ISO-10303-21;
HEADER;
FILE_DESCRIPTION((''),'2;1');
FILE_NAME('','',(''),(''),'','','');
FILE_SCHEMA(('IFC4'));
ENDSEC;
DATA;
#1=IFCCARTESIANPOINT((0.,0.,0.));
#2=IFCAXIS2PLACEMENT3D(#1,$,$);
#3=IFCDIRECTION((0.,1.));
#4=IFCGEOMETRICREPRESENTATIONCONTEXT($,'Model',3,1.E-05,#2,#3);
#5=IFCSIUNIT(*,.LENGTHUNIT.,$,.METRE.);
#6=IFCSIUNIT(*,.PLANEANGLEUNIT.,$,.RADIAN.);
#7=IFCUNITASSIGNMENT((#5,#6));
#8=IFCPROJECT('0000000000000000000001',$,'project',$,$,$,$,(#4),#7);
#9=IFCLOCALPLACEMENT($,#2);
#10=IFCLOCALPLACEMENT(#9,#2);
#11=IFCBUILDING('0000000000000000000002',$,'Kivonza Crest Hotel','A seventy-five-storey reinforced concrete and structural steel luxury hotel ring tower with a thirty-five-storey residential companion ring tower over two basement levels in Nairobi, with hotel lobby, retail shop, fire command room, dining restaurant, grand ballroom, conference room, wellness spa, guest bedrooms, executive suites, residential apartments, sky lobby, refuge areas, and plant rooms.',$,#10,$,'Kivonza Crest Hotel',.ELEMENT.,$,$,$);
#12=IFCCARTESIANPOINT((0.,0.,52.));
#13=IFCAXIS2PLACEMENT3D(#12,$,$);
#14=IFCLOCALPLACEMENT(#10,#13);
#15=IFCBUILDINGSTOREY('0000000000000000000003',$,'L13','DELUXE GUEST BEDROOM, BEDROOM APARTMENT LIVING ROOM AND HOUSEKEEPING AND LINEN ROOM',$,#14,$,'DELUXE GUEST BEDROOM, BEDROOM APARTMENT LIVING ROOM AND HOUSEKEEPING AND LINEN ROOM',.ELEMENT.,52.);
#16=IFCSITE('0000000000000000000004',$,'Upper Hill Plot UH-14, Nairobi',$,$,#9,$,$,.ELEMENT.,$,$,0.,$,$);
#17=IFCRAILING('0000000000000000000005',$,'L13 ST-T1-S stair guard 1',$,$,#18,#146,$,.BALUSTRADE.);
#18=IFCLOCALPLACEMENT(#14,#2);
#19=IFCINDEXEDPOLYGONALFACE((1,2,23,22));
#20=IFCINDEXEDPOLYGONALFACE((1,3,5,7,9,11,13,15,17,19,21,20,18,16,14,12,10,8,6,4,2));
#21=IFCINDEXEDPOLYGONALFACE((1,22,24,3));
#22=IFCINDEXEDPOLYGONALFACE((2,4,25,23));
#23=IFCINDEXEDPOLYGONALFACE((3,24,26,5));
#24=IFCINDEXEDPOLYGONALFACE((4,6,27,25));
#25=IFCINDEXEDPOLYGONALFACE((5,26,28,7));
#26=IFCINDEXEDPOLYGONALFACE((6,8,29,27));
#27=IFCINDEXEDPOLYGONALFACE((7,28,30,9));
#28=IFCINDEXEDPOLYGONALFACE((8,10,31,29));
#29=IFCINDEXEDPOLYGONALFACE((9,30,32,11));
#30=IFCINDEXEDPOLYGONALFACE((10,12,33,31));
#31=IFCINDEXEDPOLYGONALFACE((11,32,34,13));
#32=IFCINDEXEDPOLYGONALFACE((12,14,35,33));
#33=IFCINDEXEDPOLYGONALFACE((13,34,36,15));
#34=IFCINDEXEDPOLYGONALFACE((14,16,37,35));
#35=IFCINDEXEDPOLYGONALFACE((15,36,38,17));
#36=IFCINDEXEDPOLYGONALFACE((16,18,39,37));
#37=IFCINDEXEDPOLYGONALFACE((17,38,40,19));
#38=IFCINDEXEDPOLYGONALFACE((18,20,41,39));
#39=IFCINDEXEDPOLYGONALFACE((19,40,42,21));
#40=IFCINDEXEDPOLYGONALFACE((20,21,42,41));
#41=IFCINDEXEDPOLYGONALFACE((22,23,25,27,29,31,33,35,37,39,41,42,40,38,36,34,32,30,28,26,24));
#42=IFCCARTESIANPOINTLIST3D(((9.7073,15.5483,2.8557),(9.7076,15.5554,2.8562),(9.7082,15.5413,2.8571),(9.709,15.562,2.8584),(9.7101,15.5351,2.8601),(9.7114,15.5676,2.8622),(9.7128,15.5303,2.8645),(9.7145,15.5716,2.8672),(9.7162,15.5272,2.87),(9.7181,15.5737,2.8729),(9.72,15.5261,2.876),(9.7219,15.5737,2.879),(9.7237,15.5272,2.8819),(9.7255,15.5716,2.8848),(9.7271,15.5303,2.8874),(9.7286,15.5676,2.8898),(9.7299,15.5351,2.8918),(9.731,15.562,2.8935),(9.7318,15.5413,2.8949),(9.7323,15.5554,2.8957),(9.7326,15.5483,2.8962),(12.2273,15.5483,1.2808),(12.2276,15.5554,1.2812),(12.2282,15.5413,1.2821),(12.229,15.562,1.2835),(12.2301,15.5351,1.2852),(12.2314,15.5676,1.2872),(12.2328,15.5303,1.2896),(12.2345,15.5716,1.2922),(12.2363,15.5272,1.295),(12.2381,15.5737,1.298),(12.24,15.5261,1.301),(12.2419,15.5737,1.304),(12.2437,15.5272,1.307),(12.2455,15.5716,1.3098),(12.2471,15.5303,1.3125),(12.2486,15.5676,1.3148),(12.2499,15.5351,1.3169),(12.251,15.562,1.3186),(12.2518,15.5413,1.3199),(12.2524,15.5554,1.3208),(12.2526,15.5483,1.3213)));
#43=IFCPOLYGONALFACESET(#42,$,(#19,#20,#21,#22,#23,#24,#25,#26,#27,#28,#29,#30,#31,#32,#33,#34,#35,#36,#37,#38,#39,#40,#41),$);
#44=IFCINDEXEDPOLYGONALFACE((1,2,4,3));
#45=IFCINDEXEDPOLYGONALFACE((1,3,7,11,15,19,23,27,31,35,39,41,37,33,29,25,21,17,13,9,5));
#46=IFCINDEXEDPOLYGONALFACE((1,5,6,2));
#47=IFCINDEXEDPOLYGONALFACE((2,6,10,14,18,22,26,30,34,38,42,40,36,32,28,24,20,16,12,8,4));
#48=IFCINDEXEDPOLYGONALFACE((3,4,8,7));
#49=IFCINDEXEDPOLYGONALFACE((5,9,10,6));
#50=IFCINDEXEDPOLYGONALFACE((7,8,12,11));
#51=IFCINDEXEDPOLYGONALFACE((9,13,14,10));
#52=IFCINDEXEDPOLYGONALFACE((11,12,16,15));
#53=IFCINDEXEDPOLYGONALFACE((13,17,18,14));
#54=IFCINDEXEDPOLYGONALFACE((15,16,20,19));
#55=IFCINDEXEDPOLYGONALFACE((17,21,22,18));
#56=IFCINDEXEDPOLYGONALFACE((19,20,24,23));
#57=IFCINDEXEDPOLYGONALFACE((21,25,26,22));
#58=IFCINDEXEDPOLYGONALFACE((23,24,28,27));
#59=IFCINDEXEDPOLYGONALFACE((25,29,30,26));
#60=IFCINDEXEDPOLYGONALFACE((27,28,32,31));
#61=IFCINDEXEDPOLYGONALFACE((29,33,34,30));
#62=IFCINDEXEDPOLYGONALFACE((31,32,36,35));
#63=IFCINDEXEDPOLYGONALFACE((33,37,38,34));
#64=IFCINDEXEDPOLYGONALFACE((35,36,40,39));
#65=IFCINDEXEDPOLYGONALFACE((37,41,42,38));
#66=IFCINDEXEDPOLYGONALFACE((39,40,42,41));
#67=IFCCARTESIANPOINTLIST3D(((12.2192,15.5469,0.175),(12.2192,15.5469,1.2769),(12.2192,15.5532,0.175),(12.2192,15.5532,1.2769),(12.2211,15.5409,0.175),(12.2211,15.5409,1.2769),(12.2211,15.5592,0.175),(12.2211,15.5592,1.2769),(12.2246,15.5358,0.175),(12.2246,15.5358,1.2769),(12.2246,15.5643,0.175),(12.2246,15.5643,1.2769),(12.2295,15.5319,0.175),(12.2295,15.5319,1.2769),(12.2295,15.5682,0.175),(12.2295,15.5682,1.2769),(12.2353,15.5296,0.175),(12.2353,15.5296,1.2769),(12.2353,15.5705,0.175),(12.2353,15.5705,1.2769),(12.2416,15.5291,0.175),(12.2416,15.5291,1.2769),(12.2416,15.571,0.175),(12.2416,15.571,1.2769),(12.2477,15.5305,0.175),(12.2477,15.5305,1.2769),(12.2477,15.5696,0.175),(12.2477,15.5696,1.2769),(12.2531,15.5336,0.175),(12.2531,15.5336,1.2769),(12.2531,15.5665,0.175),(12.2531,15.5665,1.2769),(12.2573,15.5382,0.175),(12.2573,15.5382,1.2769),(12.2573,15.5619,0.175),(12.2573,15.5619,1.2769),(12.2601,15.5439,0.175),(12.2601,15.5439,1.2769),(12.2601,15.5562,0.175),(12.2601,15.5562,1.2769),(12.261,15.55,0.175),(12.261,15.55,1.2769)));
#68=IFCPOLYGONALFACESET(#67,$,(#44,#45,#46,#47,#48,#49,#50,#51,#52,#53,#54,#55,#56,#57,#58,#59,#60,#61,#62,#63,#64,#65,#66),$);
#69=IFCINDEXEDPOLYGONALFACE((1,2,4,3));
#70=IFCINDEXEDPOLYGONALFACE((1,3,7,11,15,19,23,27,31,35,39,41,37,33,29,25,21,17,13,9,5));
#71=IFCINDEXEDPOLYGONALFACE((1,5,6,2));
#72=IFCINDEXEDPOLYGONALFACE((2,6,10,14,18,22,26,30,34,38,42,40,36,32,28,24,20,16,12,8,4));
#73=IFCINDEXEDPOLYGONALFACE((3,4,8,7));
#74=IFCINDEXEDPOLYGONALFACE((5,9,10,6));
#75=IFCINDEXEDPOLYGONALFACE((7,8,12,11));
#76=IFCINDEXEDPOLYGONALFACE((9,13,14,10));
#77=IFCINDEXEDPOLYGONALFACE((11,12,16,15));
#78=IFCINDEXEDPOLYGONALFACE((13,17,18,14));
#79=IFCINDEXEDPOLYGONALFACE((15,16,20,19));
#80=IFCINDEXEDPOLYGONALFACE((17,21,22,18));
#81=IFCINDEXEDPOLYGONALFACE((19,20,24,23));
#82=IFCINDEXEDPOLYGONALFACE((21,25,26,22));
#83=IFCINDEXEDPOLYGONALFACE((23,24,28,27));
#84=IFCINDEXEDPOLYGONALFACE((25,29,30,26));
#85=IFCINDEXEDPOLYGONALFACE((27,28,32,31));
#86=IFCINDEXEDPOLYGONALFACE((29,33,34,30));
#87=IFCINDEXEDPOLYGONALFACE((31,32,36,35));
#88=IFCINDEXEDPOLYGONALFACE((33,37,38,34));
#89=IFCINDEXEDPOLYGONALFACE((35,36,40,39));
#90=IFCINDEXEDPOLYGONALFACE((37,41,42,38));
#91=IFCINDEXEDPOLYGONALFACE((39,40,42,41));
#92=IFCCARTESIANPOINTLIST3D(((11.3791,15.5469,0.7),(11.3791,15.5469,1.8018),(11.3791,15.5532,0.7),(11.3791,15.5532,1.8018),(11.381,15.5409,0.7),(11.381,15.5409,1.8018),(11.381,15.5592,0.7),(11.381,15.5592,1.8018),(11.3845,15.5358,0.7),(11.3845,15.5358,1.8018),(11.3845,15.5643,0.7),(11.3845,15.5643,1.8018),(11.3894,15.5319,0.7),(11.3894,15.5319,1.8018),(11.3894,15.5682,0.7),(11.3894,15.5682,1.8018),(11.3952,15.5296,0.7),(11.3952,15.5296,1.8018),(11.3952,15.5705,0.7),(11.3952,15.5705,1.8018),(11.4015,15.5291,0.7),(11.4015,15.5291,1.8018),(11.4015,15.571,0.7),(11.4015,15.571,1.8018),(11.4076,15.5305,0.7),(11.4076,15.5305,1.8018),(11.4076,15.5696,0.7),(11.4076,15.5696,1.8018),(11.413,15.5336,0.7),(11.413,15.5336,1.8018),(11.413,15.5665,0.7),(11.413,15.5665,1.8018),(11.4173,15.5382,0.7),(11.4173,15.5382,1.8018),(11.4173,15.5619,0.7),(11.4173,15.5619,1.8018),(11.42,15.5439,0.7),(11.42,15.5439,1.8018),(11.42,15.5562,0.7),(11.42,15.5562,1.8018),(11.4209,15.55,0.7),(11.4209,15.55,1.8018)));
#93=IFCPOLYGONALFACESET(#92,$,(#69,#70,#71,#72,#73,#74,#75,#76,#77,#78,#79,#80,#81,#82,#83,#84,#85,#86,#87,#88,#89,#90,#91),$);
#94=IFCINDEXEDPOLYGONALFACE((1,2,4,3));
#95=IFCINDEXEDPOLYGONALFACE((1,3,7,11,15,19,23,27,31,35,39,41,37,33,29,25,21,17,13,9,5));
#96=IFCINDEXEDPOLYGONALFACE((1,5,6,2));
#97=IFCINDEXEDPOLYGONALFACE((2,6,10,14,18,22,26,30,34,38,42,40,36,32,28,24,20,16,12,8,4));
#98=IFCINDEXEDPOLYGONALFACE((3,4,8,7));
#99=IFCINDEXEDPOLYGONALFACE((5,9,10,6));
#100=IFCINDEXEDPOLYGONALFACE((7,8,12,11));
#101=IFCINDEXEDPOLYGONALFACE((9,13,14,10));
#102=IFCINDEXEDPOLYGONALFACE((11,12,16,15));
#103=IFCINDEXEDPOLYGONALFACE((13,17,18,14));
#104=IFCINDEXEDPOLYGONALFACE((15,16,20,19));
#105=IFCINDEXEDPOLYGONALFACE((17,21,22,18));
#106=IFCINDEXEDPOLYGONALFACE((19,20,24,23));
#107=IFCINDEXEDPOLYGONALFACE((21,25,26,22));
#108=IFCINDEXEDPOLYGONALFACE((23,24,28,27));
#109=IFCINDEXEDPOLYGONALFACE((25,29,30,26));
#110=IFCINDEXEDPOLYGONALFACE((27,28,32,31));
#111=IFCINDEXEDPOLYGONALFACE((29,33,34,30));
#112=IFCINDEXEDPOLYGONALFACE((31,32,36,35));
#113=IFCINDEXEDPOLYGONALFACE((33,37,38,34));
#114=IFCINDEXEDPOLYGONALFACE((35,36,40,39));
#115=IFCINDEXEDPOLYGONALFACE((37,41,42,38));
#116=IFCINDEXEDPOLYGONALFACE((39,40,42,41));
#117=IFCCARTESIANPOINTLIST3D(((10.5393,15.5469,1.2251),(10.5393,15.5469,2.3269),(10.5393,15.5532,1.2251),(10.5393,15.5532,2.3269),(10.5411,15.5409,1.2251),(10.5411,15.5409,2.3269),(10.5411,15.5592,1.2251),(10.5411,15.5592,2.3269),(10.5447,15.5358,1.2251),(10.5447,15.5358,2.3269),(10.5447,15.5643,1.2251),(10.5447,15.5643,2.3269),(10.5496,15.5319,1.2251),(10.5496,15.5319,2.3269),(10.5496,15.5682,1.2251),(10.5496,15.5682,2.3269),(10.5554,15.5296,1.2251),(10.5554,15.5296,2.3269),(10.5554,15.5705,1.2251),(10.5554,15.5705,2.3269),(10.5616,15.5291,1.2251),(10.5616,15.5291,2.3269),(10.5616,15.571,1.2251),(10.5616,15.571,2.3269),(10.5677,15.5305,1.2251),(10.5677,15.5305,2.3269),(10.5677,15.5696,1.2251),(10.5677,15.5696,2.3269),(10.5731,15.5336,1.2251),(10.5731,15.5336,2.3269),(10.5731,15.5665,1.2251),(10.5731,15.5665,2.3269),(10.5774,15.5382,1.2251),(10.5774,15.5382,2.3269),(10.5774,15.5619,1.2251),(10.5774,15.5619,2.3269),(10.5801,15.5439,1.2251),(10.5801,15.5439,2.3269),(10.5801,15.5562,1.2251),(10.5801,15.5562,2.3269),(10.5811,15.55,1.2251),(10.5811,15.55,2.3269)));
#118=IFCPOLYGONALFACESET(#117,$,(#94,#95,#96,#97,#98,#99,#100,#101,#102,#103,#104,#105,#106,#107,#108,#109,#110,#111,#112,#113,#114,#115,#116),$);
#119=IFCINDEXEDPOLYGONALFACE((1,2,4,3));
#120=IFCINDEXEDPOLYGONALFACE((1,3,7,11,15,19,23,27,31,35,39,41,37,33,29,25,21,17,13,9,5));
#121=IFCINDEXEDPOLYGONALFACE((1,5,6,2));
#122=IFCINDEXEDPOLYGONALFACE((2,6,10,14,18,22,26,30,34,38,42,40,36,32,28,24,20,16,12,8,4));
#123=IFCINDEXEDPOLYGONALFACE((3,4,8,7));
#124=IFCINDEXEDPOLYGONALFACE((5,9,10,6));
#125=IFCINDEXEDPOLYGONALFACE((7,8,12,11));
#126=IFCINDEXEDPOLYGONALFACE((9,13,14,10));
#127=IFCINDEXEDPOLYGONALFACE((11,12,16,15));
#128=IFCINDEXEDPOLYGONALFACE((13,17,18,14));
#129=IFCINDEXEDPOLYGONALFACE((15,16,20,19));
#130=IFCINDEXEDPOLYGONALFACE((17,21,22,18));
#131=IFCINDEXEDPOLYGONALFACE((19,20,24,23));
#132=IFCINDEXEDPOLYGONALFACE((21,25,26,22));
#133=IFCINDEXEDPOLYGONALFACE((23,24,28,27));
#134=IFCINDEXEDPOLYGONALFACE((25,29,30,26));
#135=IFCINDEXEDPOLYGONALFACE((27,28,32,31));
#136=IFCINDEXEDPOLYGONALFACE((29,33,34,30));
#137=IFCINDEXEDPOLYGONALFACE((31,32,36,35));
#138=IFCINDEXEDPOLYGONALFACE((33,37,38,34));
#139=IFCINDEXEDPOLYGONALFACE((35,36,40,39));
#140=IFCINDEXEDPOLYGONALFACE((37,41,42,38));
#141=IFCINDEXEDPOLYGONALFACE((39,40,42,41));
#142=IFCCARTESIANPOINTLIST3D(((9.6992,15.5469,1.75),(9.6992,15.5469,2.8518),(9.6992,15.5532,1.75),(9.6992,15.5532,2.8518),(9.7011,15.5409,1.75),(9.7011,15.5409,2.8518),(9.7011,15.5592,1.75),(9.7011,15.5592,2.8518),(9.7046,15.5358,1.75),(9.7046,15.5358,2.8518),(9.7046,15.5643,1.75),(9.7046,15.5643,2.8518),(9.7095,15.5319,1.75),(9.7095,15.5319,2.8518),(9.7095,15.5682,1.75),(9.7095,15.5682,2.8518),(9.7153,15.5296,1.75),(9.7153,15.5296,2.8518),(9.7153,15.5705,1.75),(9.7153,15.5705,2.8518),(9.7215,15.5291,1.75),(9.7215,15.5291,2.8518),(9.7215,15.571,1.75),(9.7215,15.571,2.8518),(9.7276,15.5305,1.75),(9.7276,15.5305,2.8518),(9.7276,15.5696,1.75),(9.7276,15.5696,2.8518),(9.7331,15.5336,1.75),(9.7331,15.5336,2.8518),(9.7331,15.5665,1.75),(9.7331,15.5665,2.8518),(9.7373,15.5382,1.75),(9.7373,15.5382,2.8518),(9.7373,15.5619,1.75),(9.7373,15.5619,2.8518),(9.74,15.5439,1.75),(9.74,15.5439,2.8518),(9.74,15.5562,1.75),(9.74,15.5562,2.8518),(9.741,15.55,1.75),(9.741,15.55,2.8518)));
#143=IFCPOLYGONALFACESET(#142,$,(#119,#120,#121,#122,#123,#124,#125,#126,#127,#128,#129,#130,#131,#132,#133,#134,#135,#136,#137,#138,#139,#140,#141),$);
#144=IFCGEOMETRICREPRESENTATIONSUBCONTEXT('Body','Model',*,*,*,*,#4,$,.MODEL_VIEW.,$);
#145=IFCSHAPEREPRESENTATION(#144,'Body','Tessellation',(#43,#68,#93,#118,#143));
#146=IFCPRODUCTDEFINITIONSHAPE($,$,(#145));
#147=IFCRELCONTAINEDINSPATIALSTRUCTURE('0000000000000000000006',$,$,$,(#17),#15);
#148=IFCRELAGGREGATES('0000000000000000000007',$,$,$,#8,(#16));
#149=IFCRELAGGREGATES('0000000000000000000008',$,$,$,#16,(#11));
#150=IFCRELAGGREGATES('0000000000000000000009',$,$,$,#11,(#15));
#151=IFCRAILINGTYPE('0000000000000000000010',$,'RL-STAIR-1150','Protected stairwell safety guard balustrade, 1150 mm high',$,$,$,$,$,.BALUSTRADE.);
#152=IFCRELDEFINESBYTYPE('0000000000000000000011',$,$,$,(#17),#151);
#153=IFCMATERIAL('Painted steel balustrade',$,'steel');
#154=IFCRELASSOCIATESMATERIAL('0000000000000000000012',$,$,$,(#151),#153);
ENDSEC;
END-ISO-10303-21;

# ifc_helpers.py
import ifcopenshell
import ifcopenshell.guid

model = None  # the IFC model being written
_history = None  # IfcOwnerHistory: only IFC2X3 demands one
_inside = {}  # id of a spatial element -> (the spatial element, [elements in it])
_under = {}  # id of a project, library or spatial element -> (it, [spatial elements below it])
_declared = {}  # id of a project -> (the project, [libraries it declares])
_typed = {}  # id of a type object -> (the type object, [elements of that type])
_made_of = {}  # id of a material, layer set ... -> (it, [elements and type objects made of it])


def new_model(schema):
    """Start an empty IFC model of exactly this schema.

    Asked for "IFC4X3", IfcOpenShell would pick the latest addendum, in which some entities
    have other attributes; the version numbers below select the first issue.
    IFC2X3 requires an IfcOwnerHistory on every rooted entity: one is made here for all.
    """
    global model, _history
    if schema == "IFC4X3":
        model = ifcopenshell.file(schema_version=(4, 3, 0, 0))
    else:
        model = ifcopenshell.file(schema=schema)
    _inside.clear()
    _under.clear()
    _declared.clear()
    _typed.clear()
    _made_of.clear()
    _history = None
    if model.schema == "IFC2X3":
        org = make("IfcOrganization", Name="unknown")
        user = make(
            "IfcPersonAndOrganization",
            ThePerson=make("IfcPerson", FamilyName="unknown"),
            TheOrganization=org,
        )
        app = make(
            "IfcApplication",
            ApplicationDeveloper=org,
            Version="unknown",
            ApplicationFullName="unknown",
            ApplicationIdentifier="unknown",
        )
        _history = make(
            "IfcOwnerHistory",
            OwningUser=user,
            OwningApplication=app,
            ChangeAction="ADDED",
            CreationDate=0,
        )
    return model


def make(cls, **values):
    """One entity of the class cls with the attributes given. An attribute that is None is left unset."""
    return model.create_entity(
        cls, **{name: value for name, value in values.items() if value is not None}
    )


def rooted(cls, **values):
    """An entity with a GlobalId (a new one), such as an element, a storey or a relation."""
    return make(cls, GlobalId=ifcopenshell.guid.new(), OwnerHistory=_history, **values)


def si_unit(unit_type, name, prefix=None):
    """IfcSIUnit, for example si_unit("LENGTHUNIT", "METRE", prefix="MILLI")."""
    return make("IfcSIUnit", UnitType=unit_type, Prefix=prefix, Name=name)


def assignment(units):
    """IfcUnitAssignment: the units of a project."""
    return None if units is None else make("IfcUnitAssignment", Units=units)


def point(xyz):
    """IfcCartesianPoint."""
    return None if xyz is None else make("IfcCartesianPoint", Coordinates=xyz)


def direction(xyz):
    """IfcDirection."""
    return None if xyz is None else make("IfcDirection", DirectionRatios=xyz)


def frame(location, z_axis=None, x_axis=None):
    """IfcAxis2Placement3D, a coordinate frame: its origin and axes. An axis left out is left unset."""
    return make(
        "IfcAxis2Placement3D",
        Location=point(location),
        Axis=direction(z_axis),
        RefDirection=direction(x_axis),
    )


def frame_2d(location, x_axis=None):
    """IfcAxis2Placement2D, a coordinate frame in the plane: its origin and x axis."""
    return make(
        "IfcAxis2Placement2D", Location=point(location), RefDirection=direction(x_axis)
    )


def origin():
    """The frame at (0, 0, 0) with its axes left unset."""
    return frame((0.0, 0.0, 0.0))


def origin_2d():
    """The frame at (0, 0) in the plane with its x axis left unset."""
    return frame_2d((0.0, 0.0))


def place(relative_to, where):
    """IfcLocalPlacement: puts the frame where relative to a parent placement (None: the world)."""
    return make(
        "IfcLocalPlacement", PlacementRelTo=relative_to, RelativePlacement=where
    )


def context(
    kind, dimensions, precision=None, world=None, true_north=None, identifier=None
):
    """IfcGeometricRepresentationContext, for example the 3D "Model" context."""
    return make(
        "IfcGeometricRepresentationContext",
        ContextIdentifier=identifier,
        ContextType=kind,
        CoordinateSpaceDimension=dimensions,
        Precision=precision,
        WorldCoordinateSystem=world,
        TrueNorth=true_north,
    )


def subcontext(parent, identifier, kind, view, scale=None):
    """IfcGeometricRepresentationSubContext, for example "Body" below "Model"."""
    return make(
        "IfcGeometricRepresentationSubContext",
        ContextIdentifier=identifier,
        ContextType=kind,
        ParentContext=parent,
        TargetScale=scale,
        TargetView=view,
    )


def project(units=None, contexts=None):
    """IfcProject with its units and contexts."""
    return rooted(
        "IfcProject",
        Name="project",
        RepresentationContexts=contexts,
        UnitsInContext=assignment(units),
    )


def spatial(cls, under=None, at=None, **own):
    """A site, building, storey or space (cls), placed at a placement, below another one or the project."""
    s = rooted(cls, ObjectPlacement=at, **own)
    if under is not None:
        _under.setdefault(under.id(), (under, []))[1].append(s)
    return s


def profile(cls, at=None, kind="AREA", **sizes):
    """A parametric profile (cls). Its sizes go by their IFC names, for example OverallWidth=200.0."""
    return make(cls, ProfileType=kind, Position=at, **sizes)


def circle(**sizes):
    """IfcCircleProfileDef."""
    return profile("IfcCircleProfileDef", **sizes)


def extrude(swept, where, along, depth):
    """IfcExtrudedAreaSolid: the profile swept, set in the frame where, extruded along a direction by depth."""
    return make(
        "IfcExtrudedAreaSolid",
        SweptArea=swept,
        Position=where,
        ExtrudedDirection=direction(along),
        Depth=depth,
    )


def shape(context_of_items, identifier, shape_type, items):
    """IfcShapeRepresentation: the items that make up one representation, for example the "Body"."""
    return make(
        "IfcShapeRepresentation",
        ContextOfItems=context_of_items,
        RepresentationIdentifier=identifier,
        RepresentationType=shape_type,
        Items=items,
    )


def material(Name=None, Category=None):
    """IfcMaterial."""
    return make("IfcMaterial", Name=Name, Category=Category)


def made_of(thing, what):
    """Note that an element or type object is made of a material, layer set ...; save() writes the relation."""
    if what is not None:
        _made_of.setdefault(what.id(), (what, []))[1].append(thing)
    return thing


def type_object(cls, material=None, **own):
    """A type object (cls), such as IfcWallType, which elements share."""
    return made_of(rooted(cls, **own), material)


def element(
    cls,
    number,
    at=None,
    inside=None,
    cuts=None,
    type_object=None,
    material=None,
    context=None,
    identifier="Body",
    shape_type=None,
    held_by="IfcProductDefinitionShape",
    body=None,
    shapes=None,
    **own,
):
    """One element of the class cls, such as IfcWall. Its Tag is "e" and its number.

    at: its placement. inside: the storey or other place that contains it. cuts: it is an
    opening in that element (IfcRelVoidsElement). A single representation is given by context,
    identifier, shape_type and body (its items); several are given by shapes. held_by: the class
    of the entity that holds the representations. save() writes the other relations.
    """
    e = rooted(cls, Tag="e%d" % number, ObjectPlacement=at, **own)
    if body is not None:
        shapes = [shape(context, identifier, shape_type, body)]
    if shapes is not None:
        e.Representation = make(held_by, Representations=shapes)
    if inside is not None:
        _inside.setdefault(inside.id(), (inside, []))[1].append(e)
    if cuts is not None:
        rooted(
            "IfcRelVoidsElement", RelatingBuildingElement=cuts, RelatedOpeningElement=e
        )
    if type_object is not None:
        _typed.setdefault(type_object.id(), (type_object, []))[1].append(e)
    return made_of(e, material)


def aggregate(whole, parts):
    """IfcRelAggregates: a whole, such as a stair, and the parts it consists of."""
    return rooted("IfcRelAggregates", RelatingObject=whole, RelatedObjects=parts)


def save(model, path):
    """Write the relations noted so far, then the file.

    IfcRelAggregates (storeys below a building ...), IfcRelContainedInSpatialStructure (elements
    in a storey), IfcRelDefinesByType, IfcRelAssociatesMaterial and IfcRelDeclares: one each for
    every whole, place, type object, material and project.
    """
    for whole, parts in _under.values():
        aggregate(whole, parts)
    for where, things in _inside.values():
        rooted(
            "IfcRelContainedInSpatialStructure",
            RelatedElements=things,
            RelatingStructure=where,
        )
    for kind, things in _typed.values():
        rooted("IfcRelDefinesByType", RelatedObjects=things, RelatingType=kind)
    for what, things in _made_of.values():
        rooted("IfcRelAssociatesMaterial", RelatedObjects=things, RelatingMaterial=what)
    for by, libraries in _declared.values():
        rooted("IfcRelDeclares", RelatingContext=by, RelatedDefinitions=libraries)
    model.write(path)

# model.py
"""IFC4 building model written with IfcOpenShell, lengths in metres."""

from ifc_helpers import new_model, si_unit, direction, frame, origin, origin_2d, place, context, subcontext, project, spatial, circle, extrude, material, type_object, element, save


model = new_model("IFC4")

# Units and contexts
model_context = context("Model", 3, precision=1e-05, world=origin(), true_north=direction((0.0, 1.0)))
body_context = subcontext(model_context, "Body", "Model", "MODEL_VIEW")
ifc_project = project(units=[si_unit("LENGTHUNIT", "METRE"), si_unit("PLANEANGLEUNIT", "RADIAN")], contexts=[model_context])

# Site, building, storey
site_placement = place(None, origin())
site = spatial("IfcSite", under=ifc_project, at=site_placement, Name="Upper Hill Plot UH-14, Nairobi", CompositionType="ELEMENT", RefElevation=0.0)
building_placement = place(site_placement, origin())
building = spatial("IfcBuilding", under=site, at=building_placement, Name="Kivonza Crest Hotel", Description="A seventy-five-storey reinforced concrete and structural steel luxury hotel ring tower with a thirty-five-storey residential companion ring tower over two basement levels in Nairobi, with hotel lobby, retail shop, fire command room, dining restaurant, grand ballroom, conference room, wellness spa, guest bedrooms, executive suites, residential apartments, sky lobby, refuge areas, and plant rooms.", LongName="Kivonza Crest Hotel", CompositionType="ELEMENT")
storey_placement = place(building_placement, frame((0.0, 0.0, 52.0)))
storey = spatial("IfcBuildingStorey", under=building, at=storey_placement, Name="L13", Description="DELUXE GUEST BEDROOM, BEDROOM APARTMENT LIVING ROOM AND HOUSEKEEPING AND LINEN ROOM", LongName="DELUXE GUEST BEDROOM, BEDROOM APARTMENT LIVING ROOM AND HOUSEKEEPING AND LINEN ROOM", CompositionType="ELEMENT", Elevation=52.0)

# Railing
ifc_material_1 = material(Name="Painted steel balustrade", Category="steel")
railing_type_1 = type_object("IfcRailingType", Name="RL-STAIR-1150", Description="Protected stairwell safety guard balustrade, 1150 mm high", PredefinedType="BALUSTRADE", material=ifc_material_1)
railing_1_placement = place(storey_placement, frame((12.24, 15.55, 0.175)))
element("IfcRailing", 1, at=railing_1_placement, inside=storey, type_object=railing_type_1, Name="L13 ST-T1-S stair guard 1", PredefinedType="BALUSTRADE", context=body_context, shape_type="SweptSolid", body=[
    extrude(circle(Radius=0.0239, at=origin_2d()), frame((0.0, 0.0, 1.126), z_axis=(-0.848008, 0.0, 0.529984), x_axis=(0.0, -1.0, 0.0)), (0.0, 0.0, 1.0), 2.9717),
    extrude(circle(Radius=0.021, at=origin_2d()), origin(), (0.0, 0.0, 1.0), 1.1018),
    extrude(circle(Radius=0.021, at=origin_2d()), frame((-0.8401, 0.0, 0.5249)), (0.0, 0.0, 1.0), 1.1018),
    extrude(circle(Radius=0.021, at=origin_2d()), frame((-1.6799, 0.0, 1.05)), (0.0, 0.0, 1.0), 1.1018),
    extrude(circle(Radius=0.021, at=origin_2d()), frame((-2.52, 0.0, 1.575)), (0.0, 0.0, 1.0), 1.1018),
])

save(model, "model.ifc")
